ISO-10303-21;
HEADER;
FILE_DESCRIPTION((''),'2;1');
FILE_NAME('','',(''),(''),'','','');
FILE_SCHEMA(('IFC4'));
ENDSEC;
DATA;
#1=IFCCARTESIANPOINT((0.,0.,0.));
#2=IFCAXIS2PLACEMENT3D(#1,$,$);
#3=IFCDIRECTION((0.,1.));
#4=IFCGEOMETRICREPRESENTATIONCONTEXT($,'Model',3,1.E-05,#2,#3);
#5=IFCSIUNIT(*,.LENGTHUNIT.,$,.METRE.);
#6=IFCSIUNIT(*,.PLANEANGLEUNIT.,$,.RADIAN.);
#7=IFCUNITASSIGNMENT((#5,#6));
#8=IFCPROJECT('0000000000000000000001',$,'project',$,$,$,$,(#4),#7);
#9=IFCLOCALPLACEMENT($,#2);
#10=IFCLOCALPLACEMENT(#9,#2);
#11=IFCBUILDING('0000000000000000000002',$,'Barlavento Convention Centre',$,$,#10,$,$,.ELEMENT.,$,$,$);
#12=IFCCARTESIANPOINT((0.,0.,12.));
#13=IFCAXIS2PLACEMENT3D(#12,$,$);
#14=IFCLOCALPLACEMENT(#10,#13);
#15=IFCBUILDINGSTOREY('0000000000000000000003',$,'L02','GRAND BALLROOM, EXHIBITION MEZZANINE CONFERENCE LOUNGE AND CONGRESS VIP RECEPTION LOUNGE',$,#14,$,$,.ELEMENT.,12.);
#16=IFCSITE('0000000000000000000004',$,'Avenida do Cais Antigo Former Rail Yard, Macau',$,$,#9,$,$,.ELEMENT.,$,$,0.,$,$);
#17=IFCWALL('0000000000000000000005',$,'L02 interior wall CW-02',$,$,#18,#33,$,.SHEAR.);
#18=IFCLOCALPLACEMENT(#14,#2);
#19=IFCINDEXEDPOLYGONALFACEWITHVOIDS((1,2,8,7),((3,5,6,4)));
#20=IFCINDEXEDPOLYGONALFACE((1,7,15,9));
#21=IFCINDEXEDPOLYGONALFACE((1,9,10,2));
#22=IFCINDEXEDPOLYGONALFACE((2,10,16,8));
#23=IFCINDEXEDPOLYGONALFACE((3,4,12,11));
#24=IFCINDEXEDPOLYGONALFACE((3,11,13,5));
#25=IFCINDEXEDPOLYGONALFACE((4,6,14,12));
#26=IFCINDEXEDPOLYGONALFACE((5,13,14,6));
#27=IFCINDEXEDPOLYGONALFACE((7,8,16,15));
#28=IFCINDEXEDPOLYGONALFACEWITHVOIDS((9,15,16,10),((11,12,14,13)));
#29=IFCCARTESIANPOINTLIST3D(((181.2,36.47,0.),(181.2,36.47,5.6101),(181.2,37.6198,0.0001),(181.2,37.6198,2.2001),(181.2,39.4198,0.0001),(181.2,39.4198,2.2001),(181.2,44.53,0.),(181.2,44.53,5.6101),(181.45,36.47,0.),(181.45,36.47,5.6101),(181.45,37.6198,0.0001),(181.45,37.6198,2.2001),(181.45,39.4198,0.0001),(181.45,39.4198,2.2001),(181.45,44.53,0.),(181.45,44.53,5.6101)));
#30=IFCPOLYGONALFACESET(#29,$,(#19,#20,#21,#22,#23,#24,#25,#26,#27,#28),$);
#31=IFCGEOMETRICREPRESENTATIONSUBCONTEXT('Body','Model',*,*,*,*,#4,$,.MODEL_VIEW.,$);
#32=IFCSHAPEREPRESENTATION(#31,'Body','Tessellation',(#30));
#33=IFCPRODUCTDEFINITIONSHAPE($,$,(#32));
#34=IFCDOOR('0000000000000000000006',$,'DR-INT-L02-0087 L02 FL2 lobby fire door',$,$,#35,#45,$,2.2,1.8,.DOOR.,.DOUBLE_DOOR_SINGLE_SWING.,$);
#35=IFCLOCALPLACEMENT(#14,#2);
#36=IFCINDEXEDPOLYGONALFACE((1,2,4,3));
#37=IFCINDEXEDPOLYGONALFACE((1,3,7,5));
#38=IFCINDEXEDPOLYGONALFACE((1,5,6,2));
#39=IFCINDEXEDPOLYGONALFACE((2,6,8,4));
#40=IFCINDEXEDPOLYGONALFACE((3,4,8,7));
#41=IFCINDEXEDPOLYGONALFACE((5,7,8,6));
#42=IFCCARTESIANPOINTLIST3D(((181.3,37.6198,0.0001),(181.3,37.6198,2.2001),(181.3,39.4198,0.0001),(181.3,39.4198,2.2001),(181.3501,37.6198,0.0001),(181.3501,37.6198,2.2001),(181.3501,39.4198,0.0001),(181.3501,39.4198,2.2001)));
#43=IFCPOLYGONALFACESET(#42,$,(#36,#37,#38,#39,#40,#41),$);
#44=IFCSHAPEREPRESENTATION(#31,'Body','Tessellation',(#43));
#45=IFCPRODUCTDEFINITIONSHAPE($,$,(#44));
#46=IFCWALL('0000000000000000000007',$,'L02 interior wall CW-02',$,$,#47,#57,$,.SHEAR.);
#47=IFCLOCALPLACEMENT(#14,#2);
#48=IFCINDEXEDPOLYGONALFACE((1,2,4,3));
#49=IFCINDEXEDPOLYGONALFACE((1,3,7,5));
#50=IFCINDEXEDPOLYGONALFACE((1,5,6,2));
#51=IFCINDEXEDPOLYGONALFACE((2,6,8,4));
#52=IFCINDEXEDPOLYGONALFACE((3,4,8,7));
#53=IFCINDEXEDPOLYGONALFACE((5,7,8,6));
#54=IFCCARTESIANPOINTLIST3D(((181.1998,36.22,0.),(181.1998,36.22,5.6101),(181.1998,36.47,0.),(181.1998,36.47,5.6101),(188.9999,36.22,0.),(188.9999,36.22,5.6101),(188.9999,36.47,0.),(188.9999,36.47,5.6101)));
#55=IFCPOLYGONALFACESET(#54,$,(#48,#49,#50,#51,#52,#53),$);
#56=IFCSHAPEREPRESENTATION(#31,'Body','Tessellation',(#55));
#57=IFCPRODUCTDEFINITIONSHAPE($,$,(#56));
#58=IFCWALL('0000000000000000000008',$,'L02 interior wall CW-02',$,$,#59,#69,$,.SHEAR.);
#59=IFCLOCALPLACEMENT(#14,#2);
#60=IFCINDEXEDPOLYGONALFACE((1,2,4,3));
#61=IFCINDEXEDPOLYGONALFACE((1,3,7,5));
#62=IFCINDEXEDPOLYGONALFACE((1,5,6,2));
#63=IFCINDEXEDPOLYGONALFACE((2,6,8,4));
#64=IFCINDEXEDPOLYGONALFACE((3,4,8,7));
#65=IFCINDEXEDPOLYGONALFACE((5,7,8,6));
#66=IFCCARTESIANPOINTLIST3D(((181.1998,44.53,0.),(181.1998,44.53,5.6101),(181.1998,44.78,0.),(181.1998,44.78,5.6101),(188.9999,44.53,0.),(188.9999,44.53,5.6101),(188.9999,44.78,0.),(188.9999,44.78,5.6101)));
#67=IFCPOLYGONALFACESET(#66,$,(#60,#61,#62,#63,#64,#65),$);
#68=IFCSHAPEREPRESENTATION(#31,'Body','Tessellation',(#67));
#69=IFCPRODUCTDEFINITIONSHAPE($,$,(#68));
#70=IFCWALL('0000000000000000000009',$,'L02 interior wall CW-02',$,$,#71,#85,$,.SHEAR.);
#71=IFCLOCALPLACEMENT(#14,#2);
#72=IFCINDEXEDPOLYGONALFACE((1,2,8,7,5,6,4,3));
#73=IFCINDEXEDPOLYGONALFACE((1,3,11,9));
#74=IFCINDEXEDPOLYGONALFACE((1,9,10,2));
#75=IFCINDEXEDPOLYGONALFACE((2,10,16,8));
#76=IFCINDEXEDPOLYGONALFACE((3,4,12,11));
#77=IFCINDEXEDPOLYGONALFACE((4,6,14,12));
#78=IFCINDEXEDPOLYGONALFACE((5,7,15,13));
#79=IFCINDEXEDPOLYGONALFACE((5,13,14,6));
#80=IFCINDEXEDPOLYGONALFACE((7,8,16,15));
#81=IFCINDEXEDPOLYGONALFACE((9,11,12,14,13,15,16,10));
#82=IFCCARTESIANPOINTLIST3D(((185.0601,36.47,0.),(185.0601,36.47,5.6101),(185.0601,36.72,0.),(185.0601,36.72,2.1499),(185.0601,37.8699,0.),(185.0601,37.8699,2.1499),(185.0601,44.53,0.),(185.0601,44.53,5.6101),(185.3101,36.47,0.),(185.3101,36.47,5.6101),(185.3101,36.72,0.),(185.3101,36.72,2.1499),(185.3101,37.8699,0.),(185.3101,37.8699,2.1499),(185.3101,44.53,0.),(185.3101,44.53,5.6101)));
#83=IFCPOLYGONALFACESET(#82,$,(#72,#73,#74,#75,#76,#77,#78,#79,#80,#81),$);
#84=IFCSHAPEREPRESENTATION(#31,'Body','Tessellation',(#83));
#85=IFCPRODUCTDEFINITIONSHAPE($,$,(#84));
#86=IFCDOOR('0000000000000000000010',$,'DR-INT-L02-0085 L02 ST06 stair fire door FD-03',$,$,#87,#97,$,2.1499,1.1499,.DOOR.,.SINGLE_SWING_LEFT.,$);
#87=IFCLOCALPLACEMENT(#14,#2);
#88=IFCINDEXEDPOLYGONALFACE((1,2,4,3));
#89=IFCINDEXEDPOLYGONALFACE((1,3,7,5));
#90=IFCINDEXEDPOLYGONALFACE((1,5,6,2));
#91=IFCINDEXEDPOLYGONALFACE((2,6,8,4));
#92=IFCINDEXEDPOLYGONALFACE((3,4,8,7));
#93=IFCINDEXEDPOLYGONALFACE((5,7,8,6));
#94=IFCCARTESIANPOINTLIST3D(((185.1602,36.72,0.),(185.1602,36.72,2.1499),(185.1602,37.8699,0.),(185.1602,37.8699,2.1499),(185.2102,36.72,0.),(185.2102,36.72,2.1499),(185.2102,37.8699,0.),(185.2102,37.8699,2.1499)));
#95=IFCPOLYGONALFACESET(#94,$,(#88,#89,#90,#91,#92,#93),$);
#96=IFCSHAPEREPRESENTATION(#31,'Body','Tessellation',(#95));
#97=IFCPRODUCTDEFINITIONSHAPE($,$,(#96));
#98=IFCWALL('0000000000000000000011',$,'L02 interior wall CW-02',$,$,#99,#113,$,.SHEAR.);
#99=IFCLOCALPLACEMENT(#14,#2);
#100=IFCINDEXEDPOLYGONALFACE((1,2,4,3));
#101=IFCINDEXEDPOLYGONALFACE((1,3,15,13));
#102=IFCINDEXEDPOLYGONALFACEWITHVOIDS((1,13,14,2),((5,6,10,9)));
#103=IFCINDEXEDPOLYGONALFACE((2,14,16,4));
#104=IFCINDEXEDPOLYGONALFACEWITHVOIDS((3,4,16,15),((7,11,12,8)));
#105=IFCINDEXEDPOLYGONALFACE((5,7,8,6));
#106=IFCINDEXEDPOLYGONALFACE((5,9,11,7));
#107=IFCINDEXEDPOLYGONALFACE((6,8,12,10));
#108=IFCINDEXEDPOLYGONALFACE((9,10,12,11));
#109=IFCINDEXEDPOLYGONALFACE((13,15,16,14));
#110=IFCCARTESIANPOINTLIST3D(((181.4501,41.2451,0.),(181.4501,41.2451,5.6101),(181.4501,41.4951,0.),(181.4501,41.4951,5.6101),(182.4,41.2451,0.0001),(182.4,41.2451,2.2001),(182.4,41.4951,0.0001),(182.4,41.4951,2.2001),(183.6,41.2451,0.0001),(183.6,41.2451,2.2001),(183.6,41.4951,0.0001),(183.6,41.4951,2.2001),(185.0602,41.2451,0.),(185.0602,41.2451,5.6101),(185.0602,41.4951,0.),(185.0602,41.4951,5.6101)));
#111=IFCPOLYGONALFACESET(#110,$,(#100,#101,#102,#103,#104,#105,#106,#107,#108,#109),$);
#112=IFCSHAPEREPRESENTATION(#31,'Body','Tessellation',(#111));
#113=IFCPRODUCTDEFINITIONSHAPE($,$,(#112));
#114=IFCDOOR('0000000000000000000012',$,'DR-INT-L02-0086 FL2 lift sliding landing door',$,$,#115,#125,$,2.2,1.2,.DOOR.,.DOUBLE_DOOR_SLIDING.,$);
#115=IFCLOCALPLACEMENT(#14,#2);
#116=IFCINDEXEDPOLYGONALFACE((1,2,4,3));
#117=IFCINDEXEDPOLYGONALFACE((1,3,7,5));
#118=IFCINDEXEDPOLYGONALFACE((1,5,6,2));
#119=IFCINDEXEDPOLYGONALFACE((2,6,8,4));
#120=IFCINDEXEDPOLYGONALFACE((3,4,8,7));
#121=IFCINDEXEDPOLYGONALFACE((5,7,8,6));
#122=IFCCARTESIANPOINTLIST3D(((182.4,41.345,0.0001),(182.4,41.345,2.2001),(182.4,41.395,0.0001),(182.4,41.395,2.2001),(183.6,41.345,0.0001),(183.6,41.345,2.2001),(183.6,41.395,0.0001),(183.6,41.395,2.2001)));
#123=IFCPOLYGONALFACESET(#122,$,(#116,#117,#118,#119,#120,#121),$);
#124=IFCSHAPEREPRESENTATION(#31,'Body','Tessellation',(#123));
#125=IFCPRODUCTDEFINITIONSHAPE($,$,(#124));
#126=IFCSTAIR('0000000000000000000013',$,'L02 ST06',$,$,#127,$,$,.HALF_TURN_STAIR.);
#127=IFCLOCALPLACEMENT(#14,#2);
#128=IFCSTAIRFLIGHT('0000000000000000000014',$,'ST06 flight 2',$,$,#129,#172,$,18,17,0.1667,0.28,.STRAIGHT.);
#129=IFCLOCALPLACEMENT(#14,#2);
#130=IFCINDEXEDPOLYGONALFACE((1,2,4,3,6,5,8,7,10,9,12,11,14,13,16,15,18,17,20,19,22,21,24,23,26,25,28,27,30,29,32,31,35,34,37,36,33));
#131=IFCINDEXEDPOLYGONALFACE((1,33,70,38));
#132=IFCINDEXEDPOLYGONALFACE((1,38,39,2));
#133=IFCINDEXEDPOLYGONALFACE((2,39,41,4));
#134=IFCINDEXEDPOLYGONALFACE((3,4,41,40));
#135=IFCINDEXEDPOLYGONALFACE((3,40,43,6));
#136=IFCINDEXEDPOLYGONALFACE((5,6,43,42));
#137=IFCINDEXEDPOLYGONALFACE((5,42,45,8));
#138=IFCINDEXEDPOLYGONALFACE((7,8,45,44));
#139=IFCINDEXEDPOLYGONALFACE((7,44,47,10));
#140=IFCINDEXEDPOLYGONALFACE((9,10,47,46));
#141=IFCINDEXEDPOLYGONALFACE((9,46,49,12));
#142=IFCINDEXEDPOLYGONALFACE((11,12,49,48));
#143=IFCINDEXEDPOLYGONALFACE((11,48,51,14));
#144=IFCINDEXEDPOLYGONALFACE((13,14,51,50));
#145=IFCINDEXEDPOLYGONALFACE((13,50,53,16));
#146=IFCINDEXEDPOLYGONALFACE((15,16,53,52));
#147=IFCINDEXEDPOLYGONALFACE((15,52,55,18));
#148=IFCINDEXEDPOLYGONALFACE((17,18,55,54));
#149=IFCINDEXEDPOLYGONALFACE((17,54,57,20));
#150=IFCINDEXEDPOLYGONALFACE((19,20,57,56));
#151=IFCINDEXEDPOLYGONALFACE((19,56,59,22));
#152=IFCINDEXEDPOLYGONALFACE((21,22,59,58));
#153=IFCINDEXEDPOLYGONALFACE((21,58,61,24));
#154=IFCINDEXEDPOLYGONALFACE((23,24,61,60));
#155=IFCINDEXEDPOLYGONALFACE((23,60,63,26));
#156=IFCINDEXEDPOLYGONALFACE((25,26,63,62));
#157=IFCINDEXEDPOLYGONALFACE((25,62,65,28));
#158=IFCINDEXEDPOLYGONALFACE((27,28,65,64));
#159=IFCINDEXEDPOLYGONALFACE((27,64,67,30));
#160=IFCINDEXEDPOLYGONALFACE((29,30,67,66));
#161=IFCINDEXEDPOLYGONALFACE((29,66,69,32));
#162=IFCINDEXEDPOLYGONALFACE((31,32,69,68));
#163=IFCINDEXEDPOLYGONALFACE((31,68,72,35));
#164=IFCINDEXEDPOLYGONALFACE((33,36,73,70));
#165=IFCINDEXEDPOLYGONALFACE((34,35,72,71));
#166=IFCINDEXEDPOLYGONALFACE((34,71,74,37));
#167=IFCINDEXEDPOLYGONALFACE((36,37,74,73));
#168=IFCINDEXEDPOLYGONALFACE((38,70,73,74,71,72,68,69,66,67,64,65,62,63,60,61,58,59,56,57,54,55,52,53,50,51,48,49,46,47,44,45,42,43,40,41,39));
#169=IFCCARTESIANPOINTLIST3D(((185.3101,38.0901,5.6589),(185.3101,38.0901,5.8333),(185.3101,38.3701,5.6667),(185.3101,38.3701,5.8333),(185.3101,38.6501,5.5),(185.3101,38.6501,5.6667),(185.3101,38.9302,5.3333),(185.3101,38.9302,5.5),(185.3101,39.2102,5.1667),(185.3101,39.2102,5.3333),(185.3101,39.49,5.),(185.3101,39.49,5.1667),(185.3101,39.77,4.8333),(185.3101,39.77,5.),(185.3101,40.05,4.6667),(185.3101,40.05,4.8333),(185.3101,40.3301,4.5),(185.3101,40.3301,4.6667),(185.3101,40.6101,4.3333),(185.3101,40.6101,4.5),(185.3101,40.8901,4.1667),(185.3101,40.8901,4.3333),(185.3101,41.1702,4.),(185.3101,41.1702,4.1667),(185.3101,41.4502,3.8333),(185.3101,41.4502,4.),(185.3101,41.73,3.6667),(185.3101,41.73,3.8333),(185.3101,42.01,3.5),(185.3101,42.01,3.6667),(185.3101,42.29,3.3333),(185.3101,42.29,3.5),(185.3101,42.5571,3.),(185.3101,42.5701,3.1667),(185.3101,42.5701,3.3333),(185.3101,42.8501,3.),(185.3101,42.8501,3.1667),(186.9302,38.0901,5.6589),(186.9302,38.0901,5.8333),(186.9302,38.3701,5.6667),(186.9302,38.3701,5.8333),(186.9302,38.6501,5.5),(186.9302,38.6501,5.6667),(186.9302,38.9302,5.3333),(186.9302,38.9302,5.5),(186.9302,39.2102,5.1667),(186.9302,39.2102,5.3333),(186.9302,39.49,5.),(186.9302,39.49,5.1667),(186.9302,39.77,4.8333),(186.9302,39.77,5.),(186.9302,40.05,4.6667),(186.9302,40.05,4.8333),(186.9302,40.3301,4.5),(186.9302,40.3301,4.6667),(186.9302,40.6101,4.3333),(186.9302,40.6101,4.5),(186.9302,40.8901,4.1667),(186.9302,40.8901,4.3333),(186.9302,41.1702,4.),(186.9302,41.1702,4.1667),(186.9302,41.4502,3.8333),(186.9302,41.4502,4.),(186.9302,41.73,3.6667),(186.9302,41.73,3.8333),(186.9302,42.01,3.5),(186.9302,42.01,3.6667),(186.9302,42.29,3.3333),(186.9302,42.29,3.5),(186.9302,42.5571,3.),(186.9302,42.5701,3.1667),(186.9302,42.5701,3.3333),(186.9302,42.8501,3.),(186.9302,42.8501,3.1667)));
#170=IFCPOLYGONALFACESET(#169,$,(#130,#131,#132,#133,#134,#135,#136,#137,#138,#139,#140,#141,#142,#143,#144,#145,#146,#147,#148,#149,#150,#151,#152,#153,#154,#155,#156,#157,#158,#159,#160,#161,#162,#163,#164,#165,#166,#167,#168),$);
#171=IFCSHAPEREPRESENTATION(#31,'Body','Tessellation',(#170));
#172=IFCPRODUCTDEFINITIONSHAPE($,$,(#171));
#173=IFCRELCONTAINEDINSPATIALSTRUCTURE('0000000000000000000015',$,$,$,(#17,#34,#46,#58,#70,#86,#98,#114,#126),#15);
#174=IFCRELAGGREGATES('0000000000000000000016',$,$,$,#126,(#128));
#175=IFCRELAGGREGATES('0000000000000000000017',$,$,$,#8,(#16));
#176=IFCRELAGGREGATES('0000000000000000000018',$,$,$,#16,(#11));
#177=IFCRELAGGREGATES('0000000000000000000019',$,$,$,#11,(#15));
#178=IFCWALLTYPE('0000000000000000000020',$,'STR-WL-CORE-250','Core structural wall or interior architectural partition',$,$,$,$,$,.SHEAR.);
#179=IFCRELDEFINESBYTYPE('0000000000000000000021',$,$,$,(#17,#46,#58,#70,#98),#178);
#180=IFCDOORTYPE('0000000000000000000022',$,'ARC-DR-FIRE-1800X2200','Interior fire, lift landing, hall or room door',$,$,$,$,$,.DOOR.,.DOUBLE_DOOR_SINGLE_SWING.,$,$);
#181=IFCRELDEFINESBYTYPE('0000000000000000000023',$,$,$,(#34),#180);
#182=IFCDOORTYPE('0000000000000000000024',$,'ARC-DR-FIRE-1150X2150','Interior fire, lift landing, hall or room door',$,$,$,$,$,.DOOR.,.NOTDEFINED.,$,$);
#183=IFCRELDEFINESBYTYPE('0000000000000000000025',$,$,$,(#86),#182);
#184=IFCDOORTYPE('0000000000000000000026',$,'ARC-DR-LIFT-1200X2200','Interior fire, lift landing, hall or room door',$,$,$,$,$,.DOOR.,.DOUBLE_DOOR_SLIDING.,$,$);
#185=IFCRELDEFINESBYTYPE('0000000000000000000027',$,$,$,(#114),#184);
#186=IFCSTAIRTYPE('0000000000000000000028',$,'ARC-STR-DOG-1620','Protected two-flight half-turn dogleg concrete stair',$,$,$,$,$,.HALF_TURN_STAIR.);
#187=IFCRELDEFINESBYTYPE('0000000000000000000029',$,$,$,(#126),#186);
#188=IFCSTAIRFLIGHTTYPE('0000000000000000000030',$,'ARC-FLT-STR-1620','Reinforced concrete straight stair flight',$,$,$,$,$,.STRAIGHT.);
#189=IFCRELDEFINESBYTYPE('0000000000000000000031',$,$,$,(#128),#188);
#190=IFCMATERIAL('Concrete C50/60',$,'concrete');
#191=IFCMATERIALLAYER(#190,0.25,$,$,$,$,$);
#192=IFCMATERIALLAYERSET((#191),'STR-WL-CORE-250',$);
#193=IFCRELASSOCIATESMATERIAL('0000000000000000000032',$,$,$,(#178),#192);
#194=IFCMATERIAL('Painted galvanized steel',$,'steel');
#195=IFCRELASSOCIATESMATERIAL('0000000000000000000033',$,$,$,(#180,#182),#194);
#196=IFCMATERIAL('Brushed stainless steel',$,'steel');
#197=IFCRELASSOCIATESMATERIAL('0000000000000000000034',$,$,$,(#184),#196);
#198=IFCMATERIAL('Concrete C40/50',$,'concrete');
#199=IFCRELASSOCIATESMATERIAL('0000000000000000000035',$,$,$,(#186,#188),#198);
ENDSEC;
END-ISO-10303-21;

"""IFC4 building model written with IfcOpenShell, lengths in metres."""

from ifc_helpers import new_model, si_unit, direction, frame, frame_2d, origin, place, context, subcontext, project, spatial, polyline, rectangle, outline, extrude, material, layer, layer_set, type_object, element, fill, aggregate, save


model = new_model("IFC4")

# Units and contexts
model_context = context("Model", 3, precision=1e-05, world=origin(), true_north=direction((0.0, 1.0)))
body_context = subcontext(model_context, "Body", "Model", "MODEL_VIEW")
ifc_project = project(units=[si_unit("LENGTHUNIT", "METRE"), si_unit("PLANEANGLEUNIT", "RADIAN")], contexts=[model_context])

# Site, building, storey
site_placement = place(None, origin())
site = spatial("IfcSite", under=ifc_project, at=site_placement, Name="Avenida do Cais Antigo Former Rail Yard, Macau", CompositionType="ELEMENT", RefElevation=0.0)
building_placement = place(site_placement, origin())
building = spatial("IfcBuilding", under=site, at=building_placement, Name="Barlavento Convention Centre", CompositionType="ELEMENT")
storey_placement = place(building_placement, frame((0.0, 0.0, 12.0)))
storey = spatial("IfcBuildingStorey", under=building, at=storey_placement, Name="L02", Description="GRAND BALLROOM, EXHIBITION MEZZANINE CONFERENCE LOUNGE AND CONGRESS VIP RECEPTION LOUNGE", CompositionType="ELEMENT", Elevation=12.0)

# Shared definitions
ifc_material_1 = material(Name="Concrete C40/50", Category="concrete")

# Wall, opening, door
ifc_material_2 = material(Name="Concrete C50/60", Category="concrete")
ifc_layer = layer(ifc_material_2, 0.25)
ifc_layer_set = layer_set([ifc_layer], Name="STR-WL-CORE-250")
wall_type = type_object("IfcWallType", Name="STR-WL-CORE-250", Description="Core structural wall or interior architectural partition", PredefinedType="SHEAR", material=ifc_layer_set)
wall_1_placement = place(storey_placement, frame((181.325, 36.47, 0.0), z_axis=(0.0, 0.0, 1.0), x_axis=(0.0, 1.0, 0.0)))
wall_1 = element("IfcWall", 1, at=wall_1_placement, inside=storey, type_object=wall_type, Name="L02 interior wall CW-02", PredefinedType="SHEAR", context=body_context, shape_type="SweptSolid", body=[
    extrude(rectangle(XDim=8.0601, YDim=0.25, at=frame_2d((4.03, 0.0))), origin(), (0.0, 0.0, 1.0), 5.6101),
])
opening_1_placement = place(wall_1_placement, frame((1.1499, 0.0, 0.0)))
opening_1 = element("IfcOpeningElement", 2, at=opening_1_placement, cuts=wall_1, PredefinedType="OPENING", context=body_context, shape_type="SweptSolid", body=[
    extrude(rectangle(XDim=1.8, YDim=2.2, at=frame_2d((0.8999, 1.1001))), frame((0.0, 0.135, 0.0), z_axis=(0.0, -1.0, 0.0), x_axis=(1.0, 0.0, 0.0)), (0.0, 0.0, 1.0), 0.27),
])
ifc_material_3 = material(Name="Painted galvanized steel", Category="steel")
door_type_1 = type_object("IfcDoorType", Name="ARC-DR-FIRE-1800X2200", Description="Interior fire, lift landing, hall or room door", OperationType="DOUBLE_DOOR_SINGLE_SWING", PredefinedType="DOOR", material=ifc_material_3)
door_1_placement = place(opening_1_placement, origin())
door_1 = element("IfcDoor", 3, at=door_1_placement, inside=storey, type_object=door_type_1, Name="DR-INT-L02-0087 L02 FL2 lobby fire door", OperationType="DOUBLE_DOOR_SINGLE_SWING", OverallHeight=2.2, OverallWidth=1.8, PredefinedType="DOOR", context=body_context, shape_type="SweptSolid", body=[
    extrude(rectangle(XDim=1.8, YDim=2.2, at=frame_2d((0.8999, 1.1001))), frame((0.0, 0.0249, 0.0), z_axis=(0.0, -1.0, 0.0), x_axis=(1.0, 0.0, 0.0)), (0.0, 0.0, 1.0), 0.05),
])
fill(opening_1, door_1)

# Walls
for number, where, z_axis, x_axis, name in (
    (4, (181.2, 36.345, 0.0), (0.0, 0.0, 1.0), (1.0, 0.0, 0.0), "L02 interior wall CW-02"),
    (5, (181.2, 44.655, 0.0), (0.0, 0.0, 1.0), (1.0, 0.0, 0.0), "L02 interior wall CW-02"),
):
    element("IfcWall", number, at=place(storey_placement, frame(where, z_axis=z_axis, x_axis=x_axis)), inside=storey, type_object=wall_type, Name=name, PredefinedType="SHEAR", context=body_context, shape_type="SweptSolid", body=[
        extrude(rectangle(XDim=7.8, YDim=0.25, at=frame_2d((3.8999, 0.0))), origin(), (0.0, 0.0, 1.0), 5.6101),
    ])

# Walls, openings, doors
wall_2_placement = place(storey_placement, frame((185.1851, 36.47, 0.0), z_axis=(0.0, 0.0, 1.0), x_axis=(0.0, 1.0, 0.0)))
wall_2 = element("IfcWall", 6, at=wall_2_placement, inside=storey, type_object=wall_type, Name="L02 interior wall CW-02", PredefinedType="SHEAR", context=body_context, shape_type="SweptSolid", body=[
    extrude(rectangle(XDim=8.0601, YDim=0.25, at=frame_2d((4.03, 0.0))), origin(), (0.0, 0.0, 1.0), 5.6101),
])
opening_2_placement = place(wall_2_placement, frame((0.25, 0.0, 0.0)))
opening_2 = element("IfcOpeningElement", 7, at=opening_2_placement, cuts=wall_2, PredefinedType="OPENING", context=body_context, shape_type="SweptSolid", body=[
    extrude(rectangle(XDim=1.1499, YDim=2.1499, at=frame_2d((0.575, 1.075))), frame((0.0, 0.135, 0.0), z_axis=(0.0, -1.0, 0.0), x_axis=(1.0, 0.0, 0.0)), (0.0, 0.0, 1.0), 0.27),
])
door_type_2 = type_object("IfcDoorType", Name="ARC-DR-FIRE-1150X2150", Description="Interior fire, lift landing, hall or room door", OperationType="NOTDEFINED", PredefinedType="DOOR", material=ifc_material_3)
door_2_placement = place(opening_2_placement, origin())
door_2 = element("IfcDoor", 8, at=door_2_placement, inside=storey, type_object=door_type_2, Name="DR-INT-L02-0085 L02 ST06 stair fire door FD-03", OperationType="SINGLE_SWING_LEFT", OverallHeight=2.1499, OverallWidth=1.1499, PredefinedType="DOOR", context=body_context, shape_type="SweptSolid", body=[
    extrude(rectangle(XDim=1.1499, YDim=2.1499, at=frame_2d((0.575, 1.075))), frame((0.0, 0.0249, 0.0), z_axis=(0.0, -1.0, 0.0), x_axis=(1.0, 0.0, 0.0)), (0.0, 0.0, 1.0), 0.05),
])
fill(opening_2, door_2)
wall_3_placement = place(storey_placement, frame((181.45, 41.3701, 0.0), z_axis=(0.0, 0.0, 1.0), x_axis=(1.0, 0.0, 0.0)))
wall_3 = element("IfcWall", 9, at=wall_3_placement, inside=storey, type_object=wall_type, Name="L02 interior wall CW-02", PredefinedType="SHEAR", context=body_context, shape_type="SweptSolid", body=[
    extrude(rectangle(XDim=3.6101, YDim=0.25, at=frame_2d((1.8052, 0.0))), origin(), (0.0, 0.0, 1.0), 5.6101),
])
opening_3_placement = place(wall_3_placement, frame((0.95, 0.0, 0.0)))
opening_3 = element("IfcOpeningElement", 10, at=opening_3_placement, cuts=wall_3, PredefinedType="OPENING", context=body_context, shape_type="SweptSolid", body=[
    extrude(rectangle(XDim=1.2, YDim=2.2, at=frame_2d((0.6001, 1.1001))), frame((0.0, 0.135, 0.0), z_axis=(0.0, -1.0, 0.0), x_axis=(1.0, 0.0, 0.0)), (0.0, 0.0, 1.0), 0.27),
])
ifc_material_4 = material(Name="Brushed stainless steel", Category="steel")
door_type_3 = type_object("IfcDoorType", Name="ARC-DR-LIFT-1200X2200", Description="Interior fire, lift landing, hall or room door", OperationType="DOUBLE_DOOR_SLIDING", PredefinedType="DOOR", material=ifc_material_4)
door_3_placement = place(opening_3_placement, origin())
door_3 = element("IfcDoor", 11, at=door_3_placement, inside=storey, type_object=door_type_3, Name="DR-INT-L02-0086 FL2 lift sliding landing door", OperationType="DOUBLE_DOOR_SLIDING", OverallHeight=2.2, OverallWidth=1.2, PredefinedType="DOOR", context=body_context, shape_type="SweptSolid", body=[
    extrude(rectangle(XDim=1.2, YDim=2.2, at=frame_2d((0.6001, 1.1001))), frame((0.0, 0.0249, 0.0), z_axis=(0.0, -1.0, 0.0), x_axis=(1.0, 0.0, 0.0)), (0.0, 0.0, 1.0), 0.05),
])
fill(opening_3, door_3)

# Stair, stair flight
stair_type = type_object("IfcStairType", Name="ARC-STR-DOG-1620", Description="Protected two-flight half-turn dogleg concrete stair", PredefinedType="HALF_TURN_STAIR", material=ifc_material_1)
stair_placement = place(storey_placement, origin())
stair = element("IfcStair", 12, at=stair_placement, inside=storey, type_object=stair_type, Name="L02 ST06", PredefinedType="HALF_TURN_STAIR")
stair_flight_type = type_object("IfcStairFlightType", Name="ARC-FLT-STR-1620", Description="Reinforced concrete straight stair flight", PredefinedType="STRAIGHT", material=ifc_material_1)
stair_flight_placement = place(storey_placement, frame((186.1201, 42.8501, 3.0), z_axis=(0.0, 0.0, 1.0), x_axis=(0.0, -1.0, 0.0)))
stair_flight = element("IfcStairFlight", 13, at=stair_flight_placement, type_object=stair_flight_type, Name="ST06 flight 2", NumberOfRisers=18, NumberOfTreads=17, PredefinedType="STRAIGHT", RiserHeight=0.1667, TreadLength=0.28, context=body_context, shape_type="SweptSolid", body=[
    extrude(outline(polyline([(0.0, 0.0), (0.0, 0.1667), (0.28, 0.1667), (0.28, 0.3333), (0.5601, 0.3333), (0.5601, 0.5), (0.8401, 0.5), (0.8401, 0.6667), (1.1201, 0.6667), (1.1201, 0.8333), (1.3999, 0.8333), (1.3999, 1.0), (1.6799, 1.0), (1.6799, 1.1667), (1.96, 1.1667), (1.96, 1.3333), (2.24, 1.3333), (2.24, 1.5), (2.52, 1.5), (2.52, 1.6667), (2.8, 1.6667), (2.8, 1.8333), (3.0801, 1.8333), (3.0801, 2.0), (3.3601, 2.0), (3.3601, 2.1667), (3.6399, 2.1667), (3.6399, 2.3333), (3.9199, 2.3333), (3.9199, 2.5), (4.2, 2.5), (4.2, 2.6667), (4.48, 2.6667), (4.48, 2.8333), (4.76, 2.8333), (4.76, 3.0), (4.76, 2.6589), (0.293, 0.0), (0.0, 0.0)])), frame((0.0, 0.8101, 0.0), z_axis=(0.0, -1.0, 0.0), x_axis=(1.0, 0.0, 0.0)), (0.0, 0.0, 1.0), 1.6201),
])
aggregate(stair, [stair_flight])

save(model, "model.ifc")
